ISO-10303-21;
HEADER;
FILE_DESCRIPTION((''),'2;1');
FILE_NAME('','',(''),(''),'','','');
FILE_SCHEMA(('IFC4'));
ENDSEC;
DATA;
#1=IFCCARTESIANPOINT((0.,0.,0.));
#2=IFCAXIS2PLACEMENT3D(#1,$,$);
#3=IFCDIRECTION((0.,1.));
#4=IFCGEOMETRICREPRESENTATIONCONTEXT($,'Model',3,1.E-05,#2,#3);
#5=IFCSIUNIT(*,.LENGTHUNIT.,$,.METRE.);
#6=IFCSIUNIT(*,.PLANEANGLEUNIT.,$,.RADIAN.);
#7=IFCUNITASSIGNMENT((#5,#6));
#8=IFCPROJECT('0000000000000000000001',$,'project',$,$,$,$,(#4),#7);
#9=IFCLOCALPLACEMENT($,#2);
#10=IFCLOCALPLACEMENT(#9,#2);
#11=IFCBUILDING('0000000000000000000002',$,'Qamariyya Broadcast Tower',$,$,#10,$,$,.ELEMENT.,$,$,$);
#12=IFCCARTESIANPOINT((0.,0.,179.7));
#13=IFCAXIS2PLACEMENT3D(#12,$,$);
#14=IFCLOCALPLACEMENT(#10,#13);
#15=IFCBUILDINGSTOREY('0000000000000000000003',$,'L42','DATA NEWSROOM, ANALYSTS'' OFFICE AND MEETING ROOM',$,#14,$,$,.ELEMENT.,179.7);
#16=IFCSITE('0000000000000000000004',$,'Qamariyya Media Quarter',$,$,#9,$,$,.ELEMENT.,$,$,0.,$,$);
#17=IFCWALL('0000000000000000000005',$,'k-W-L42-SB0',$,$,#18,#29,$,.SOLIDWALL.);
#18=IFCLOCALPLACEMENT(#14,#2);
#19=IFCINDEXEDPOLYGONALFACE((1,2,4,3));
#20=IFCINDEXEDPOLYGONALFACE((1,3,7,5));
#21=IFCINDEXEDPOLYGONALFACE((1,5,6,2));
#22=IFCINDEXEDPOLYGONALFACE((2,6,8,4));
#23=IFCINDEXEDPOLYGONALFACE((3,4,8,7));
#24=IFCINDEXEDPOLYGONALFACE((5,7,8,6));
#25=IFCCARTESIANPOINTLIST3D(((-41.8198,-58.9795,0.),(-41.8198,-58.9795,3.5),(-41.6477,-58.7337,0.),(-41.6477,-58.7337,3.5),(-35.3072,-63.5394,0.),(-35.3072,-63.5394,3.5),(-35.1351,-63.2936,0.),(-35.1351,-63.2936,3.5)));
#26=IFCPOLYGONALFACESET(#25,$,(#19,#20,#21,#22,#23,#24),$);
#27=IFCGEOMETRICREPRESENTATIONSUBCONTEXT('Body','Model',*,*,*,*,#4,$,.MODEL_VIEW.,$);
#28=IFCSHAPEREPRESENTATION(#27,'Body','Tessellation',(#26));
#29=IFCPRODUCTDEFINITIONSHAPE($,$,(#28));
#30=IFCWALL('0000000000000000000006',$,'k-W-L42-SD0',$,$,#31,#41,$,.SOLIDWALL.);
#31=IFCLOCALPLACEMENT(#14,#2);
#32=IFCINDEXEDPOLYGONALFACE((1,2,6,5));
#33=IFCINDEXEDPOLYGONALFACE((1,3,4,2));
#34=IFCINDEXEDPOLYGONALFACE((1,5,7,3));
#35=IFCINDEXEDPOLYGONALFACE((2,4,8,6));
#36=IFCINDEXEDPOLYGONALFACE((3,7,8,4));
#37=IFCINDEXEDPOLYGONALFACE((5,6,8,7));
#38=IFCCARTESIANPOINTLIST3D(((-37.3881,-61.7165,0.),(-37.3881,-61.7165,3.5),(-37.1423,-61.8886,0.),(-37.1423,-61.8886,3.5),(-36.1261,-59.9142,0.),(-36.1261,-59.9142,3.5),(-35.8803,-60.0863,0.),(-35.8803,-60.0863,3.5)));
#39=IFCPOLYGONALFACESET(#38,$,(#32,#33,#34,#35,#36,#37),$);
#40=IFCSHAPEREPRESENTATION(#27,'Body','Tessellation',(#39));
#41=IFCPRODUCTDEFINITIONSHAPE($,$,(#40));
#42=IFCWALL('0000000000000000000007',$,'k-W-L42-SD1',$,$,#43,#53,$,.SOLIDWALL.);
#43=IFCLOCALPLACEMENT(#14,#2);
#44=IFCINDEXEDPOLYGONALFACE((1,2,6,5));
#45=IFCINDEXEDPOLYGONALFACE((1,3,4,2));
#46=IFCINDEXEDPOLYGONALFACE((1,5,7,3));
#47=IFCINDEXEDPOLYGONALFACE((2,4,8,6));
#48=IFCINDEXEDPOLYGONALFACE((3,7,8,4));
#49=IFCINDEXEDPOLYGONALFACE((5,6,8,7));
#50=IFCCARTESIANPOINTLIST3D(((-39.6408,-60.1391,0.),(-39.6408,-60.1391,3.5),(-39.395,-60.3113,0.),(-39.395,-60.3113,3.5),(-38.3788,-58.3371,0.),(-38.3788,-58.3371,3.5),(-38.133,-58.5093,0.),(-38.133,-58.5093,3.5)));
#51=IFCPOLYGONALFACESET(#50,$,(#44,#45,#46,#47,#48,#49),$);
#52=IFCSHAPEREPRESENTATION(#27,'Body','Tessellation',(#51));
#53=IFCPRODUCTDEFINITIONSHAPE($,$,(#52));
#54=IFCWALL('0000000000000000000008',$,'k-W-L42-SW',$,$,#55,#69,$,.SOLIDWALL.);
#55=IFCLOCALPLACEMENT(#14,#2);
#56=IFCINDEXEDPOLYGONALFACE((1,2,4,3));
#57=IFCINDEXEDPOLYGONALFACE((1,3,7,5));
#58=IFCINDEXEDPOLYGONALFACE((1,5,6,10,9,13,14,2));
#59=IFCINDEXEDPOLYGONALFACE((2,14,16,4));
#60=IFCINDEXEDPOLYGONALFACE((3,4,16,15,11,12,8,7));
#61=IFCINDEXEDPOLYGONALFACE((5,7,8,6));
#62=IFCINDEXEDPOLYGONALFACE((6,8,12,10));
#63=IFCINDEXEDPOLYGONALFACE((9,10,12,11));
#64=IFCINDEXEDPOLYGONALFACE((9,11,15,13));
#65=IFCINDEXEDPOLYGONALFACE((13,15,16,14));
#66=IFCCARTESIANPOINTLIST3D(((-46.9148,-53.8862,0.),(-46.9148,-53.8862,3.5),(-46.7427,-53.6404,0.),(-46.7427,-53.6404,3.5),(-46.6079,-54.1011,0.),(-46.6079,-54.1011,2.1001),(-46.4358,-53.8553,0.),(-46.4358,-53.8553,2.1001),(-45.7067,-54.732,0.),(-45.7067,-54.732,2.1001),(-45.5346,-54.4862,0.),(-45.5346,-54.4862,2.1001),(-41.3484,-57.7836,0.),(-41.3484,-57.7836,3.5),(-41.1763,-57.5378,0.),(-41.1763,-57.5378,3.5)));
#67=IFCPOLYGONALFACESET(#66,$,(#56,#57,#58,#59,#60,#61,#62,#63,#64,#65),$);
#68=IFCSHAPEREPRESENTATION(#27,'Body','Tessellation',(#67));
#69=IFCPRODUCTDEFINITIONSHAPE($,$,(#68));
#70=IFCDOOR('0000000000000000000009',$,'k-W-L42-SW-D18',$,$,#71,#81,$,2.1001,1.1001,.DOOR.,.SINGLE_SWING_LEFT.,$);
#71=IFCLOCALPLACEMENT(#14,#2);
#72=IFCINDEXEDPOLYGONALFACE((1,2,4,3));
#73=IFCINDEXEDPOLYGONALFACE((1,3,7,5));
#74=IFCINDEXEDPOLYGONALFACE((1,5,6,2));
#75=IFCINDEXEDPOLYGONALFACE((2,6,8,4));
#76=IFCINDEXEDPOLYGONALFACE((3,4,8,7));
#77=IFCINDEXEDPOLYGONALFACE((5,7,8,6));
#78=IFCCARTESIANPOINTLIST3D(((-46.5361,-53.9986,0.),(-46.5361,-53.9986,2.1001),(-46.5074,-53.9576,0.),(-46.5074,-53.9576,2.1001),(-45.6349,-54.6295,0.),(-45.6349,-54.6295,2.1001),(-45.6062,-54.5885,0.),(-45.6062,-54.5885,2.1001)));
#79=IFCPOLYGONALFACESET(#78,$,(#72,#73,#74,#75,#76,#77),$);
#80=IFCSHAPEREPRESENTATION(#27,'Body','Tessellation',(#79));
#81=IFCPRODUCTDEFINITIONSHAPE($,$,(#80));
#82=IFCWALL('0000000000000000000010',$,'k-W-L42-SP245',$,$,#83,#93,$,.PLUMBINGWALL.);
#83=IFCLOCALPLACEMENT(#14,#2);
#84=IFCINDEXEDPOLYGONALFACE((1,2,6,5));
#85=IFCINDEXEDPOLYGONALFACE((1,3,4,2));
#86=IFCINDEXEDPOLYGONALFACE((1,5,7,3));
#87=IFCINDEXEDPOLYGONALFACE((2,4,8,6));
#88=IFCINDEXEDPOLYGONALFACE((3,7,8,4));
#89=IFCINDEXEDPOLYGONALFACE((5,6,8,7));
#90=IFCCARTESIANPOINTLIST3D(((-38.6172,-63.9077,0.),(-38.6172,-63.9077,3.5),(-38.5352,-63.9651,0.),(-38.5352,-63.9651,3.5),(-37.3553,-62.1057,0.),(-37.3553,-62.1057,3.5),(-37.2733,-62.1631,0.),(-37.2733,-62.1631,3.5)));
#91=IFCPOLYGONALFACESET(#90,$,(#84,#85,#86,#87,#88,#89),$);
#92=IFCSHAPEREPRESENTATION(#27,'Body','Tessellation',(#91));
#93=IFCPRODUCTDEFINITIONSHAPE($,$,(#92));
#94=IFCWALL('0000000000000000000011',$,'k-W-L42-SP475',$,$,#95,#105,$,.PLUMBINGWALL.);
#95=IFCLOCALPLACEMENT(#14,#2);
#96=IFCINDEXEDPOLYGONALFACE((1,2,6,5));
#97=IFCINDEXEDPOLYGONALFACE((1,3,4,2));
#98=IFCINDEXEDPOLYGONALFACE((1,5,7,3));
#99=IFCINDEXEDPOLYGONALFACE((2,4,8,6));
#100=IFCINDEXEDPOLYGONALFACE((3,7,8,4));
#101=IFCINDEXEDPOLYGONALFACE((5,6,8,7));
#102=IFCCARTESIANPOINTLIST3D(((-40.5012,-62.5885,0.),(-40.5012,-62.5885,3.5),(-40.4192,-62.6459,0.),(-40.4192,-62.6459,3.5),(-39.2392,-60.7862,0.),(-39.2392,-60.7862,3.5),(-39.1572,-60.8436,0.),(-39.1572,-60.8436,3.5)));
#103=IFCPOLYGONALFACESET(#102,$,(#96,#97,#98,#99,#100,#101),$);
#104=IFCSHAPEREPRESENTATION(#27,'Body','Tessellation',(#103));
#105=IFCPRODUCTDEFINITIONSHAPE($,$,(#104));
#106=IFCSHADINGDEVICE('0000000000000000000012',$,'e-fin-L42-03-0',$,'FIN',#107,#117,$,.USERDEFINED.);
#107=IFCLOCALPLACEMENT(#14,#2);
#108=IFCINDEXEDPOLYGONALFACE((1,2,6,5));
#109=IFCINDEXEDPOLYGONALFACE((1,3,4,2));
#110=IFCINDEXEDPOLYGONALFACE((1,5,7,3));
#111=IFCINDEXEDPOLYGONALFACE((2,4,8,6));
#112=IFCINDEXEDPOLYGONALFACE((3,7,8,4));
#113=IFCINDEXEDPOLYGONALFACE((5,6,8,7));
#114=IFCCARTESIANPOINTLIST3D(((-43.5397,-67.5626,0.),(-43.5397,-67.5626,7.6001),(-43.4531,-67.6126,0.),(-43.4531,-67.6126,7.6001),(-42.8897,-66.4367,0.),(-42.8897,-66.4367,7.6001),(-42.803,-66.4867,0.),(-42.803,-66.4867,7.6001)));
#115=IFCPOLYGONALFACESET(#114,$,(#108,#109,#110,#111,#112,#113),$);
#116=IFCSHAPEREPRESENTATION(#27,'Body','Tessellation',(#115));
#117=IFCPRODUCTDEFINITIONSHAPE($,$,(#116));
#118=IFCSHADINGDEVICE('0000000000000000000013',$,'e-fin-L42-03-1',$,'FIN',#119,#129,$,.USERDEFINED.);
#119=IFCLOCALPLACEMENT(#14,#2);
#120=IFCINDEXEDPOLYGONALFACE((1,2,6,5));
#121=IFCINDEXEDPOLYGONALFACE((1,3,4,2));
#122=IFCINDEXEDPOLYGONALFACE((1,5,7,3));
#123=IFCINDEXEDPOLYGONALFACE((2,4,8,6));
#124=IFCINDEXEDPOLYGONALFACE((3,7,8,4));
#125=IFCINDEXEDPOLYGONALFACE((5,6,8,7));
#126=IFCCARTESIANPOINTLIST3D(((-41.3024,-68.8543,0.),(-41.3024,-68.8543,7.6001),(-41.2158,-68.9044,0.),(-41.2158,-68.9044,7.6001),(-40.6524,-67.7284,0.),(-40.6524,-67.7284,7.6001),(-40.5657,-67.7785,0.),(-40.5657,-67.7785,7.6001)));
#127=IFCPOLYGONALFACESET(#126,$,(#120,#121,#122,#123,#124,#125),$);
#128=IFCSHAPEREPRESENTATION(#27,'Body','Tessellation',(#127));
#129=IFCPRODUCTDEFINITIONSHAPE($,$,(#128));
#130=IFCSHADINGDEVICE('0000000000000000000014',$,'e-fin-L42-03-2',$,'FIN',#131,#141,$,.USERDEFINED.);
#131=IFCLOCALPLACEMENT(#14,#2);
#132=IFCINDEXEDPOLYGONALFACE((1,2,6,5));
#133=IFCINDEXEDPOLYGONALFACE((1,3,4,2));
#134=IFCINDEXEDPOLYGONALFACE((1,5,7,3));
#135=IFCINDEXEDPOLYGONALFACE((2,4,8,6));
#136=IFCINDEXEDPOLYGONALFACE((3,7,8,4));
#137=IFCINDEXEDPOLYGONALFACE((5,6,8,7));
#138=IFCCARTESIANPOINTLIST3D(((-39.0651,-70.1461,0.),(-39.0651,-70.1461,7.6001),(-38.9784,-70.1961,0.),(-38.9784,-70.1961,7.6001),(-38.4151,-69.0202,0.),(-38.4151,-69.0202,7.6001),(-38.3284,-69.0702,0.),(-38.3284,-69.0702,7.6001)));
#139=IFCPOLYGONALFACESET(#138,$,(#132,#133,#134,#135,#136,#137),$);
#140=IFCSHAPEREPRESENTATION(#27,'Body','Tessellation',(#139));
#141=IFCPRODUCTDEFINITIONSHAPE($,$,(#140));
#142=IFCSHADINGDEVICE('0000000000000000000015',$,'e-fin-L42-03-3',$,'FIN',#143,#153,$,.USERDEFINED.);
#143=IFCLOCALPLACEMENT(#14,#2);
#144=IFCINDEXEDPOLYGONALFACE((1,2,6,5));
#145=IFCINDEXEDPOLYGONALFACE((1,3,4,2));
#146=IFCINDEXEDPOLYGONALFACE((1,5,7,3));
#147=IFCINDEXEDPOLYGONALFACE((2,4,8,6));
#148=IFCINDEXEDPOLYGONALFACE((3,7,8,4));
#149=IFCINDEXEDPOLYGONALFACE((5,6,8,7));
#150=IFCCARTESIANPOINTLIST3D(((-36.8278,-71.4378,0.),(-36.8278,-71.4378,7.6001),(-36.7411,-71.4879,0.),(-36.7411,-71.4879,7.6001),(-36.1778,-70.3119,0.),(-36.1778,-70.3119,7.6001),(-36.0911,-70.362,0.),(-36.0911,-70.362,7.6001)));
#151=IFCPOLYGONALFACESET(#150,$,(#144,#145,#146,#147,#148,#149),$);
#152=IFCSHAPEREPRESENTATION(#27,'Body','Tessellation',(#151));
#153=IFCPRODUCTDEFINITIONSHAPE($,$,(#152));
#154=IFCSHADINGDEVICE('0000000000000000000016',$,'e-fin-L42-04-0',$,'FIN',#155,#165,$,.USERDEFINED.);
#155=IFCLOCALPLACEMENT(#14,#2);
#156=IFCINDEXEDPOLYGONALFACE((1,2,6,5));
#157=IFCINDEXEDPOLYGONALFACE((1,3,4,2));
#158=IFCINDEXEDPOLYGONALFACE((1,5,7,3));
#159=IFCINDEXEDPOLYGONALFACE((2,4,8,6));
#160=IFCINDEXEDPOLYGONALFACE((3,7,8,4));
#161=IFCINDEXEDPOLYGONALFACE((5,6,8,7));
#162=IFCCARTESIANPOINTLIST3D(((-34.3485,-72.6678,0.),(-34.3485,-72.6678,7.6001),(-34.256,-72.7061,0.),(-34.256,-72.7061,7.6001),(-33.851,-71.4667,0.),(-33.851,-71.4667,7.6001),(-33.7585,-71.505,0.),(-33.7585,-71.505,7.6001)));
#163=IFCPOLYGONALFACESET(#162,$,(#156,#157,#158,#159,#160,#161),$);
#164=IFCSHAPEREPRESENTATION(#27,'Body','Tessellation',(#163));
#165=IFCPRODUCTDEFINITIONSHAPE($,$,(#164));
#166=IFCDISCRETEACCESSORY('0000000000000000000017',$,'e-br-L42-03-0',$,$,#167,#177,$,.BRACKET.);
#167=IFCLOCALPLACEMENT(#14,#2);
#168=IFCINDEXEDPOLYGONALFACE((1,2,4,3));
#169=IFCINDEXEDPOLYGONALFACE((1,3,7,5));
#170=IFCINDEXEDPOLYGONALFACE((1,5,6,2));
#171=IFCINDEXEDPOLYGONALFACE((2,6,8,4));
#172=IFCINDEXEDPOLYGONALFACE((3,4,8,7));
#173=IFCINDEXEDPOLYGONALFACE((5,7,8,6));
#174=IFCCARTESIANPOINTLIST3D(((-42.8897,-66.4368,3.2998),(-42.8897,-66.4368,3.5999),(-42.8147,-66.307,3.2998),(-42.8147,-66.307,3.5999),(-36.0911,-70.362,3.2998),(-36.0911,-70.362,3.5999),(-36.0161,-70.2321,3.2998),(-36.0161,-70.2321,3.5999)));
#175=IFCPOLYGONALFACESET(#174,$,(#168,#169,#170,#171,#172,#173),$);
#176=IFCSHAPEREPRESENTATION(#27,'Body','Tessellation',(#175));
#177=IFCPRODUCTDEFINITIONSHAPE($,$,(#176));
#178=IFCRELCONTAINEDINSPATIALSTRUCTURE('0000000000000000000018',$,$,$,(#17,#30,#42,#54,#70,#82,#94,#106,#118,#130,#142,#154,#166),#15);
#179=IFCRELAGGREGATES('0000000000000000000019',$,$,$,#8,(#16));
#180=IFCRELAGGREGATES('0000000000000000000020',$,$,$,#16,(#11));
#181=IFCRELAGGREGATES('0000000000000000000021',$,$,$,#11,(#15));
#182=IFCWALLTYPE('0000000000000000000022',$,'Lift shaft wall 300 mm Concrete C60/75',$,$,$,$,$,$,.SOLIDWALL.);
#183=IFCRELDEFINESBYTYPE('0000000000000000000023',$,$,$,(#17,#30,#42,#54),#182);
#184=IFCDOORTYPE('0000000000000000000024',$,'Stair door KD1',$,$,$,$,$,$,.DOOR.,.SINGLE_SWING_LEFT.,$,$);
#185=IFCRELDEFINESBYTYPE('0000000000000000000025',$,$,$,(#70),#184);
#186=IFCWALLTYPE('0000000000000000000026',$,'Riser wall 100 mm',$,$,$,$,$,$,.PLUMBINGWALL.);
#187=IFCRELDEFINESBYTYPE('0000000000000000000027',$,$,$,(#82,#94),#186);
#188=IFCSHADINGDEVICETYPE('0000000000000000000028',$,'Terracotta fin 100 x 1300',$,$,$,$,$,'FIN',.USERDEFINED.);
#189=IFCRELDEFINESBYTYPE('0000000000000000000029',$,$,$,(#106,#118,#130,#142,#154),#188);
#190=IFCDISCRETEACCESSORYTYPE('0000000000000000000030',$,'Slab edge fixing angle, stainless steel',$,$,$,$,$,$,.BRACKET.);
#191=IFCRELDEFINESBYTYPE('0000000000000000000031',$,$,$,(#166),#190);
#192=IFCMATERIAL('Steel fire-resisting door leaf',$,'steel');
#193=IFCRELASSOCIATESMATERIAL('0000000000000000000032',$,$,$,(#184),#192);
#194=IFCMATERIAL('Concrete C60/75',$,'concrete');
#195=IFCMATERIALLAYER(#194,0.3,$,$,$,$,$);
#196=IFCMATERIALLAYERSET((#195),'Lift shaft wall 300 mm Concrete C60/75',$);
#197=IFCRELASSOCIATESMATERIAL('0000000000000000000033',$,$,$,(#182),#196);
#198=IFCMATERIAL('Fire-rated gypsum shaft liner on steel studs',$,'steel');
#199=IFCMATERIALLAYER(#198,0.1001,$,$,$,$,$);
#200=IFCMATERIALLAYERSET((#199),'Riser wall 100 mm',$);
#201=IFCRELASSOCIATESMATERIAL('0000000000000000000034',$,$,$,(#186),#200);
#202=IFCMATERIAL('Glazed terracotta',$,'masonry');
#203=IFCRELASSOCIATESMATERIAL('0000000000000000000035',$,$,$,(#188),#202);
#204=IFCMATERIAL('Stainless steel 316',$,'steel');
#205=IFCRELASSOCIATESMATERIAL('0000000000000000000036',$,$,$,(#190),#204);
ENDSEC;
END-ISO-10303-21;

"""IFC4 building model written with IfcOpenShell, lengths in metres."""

from ifc_helpers import new_model, si_unit, direction, frame, frame_2d, origin, origin_2d, place, context, subcontext, project, spatial, rectangle, extrude, material, layer, layer_set, material_profile, profile_set, type_object, element, fill, save


model = new_model("IFC4")

# Units and contexts
model_context = context("Model", 3, precision=1e-05, world=origin(), true_north=direction((0.0, 1.0)))
body_context = subcontext(model_context, "Body", "Model", "MODEL_VIEW")
ifc_project = project(units=[si_unit("LENGTHUNIT", "METRE"), si_unit("PLANEANGLEUNIT", "RADIAN")], contexts=[model_context])

# Site, building, storey
site_placement = place(None, origin())
site = spatial("IfcSite", under=ifc_project, at=site_placement, Name="Qamariyya Media Quarter", CompositionType="ELEMENT", RefElevation=0.0)
building_placement = place(site_placement, origin())
building = spatial("IfcBuilding", under=site, at=building_placement, Name="Qamariyya Broadcast Tower", CompositionType="ELEMENT")
storey_placement = place(building_placement, frame((0.0, 0.0, 179.7)))
storey = spatial("IfcBuildingStorey", under=building, at=storey_placement, Name="L42", Description="DATA NEWSROOM, ANALYSTS' OFFICE AND MEETING ROOM", CompositionType="ELEMENT", Elevation=179.7)

# Shared definitions
ifc_material_1 = material(Name="Concrete C60/75", Category="concrete")

# Shared definitions
ifc_material_2 = material(Name="Steel fire-resisting door leaf", Category="steel")

# Shared definitions
door_type_1 = type_object("IfcDoorType", Name="Stair door KD1", OperationType="SINGLE_SWING_LEFT", PredefinedType="DOOR", material=ifc_material_2)

# Walls
ifc_layer_1 = layer(ifc_material_1, 0.3)
ifc_layer_set_1 = layer_set([ifc_layer_1], Name="Lift shaft wall 300 mm Concrete C60/75")
wall_type_1 = type_object("IfcWallType", Name="Lift shaft wall 300 mm Concrete C60/75", PredefinedType="SOLIDWALL", material=ifc_layer_set_1)
wall_1_placement = place(storey_placement, frame((-35.2212, -63.4165, 0.0), z_axis=(0.0, 0.0, 1.0), x_axis=(-0.819167, 0.573555, 0.0)))
element("IfcWall", 1, at=wall_1_placement, inside=storey, type_object=wall_type_1, Name="k-W-L42-SB0", PredefinedType="SOLIDWALL", context=body_context, shape_type="SweptSolid", body=[
    extrude(rectangle(XDim=7.9502, YDim=0.3, at=frame_2d((3.9751, 0.0))), origin(), (0.0, 0.0, 1.0), 3.5),
])
wall_2_placement = place(storey_placement, frame((-36.0032, -60.0002, 0.0), z_axis=(0.0, 0.0, 1.0), x_axis=(-0.573581, -0.819149, 0.0)))
element("IfcWall", 2, at=wall_2_placement, inside=storey, type_object=wall_type_1, Name="k-W-L42-SD0", PredefinedType="SOLIDWALL", context=body_context, shape_type="SweptSolid", body=[
    extrude(rectangle(XDim=2.2002, YDim=0.3, at=frame_2d((1.1001, 0.0))), origin(), (0.0, 0.0, 1.0), 3.5),
])
wall_3_placement = place(storey_placement, frame((-38.2559, -58.4231, 0.0), z_axis=(0.0, 0.0, 1.0), x_axis=(-0.573634, -0.819112, 0.0)))
element("IfcWall", 3, at=wall_3_placement, inside=storey, type_object=wall_type_1, Name="k-W-L42-SD1", PredefinedType="SOLIDWALL", context=body_context, shape_type="SweptSolid", body=[
    extrude(rectangle(XDim=2.2, YDim=0.3, at=frame_2d((1.1001, 0.0))), origin(), (0.0, 0.0, 1.0), 3.5),
])

# Wall, opening, door
wall_4_placement = place(storey_placement, frame((-41.2625, -57.6606, 0.0), z_axis=(0.0, 0.0, 1.0), x_axis=(-0.819164, 0.573559, 0.0)))
wall_4 = element("IfcWall", 4, at=wall_4_placement, inside=storey, type_object=wall_type_1, Name="k-W-L42-SW", PredefinedType="SOLIDWALL", context=body_context, shape_type="SweptSolid", body=[
    extrude(rectangle(XDim=6.7952, YDim=0.3, at=frame_2d((3.3975, 0.0))), origin(), (0.0, 0.0, 1.0), 3.5),
])
opening_1_placement = place(wall_4_placement, frame((5.3203, 0.0, 0.0)))
opening_1 = element("IfcOpeningElement", 5, at=opening_1_placement, cuts=wall_4, PredefinedType="OPENING", context=body_context, shape_type="SweptSolid", body=[
    extrude(rectangle(XDim=1.1001, YDim=2.1001, at=frame_2d((0.55, 1.05))), frame((0.0, 0.1599, 0.0), z_axis=(0.0, -1.0, 0.0), x_axis=(1.0, 0.0, 0.0)), (0.0, 0.0, 1.0), 0.3201),
])
door_1_placement = place(opening_1_placement, origin())
door_1 = element("IfcDoor", 6, at=door_1_placement, inside=storey, type_object=door_type_1, Name="k-W-L42-SW-D18", OperationType="SINGLE_SWING_LEFT", OverallHeight=2.1001, OverallWidth=1.1001, PredefinedType="DOOR", context=body_context, shape_type="SweptSolid", body=[
    extrude(rectangle(XDim=1.1001, YDim=2.1001, at=frame_2d((0.55, 1.05))), frame((0.0, 0.0249, 0.0), z_axis=(0.0, -1.0, 0.0), x_axis=(1.0, 0.0, 0.0)), (0.0, 0.0, 1.0), 0.05),
])
fill(opening_1, door_1)

# Walls
ifc_material_3 = material(Name="Fire-rated gypsum shaft liner on steel studs", Category="steel")
ifc_layer_2 = layer(ifc_material_3, 0.1001)
ifc_layer_set_2 = layer_set([ifc_layer_2], Name="Riser wall 100 mm")
wall_type_2 = type_object("IfcWallType", Name="Riser wall 100 mm", PredefinedType="PLUMBINGWALL", material=ifc_layer_set_2)
wall_5_placement = place(storey_placement, frame((-37.3142, -62.1343, 0.0), z_axis=(0.0, 0.0, 1.0), x_axis=(-0.573634, -0.819112, 0.0)))
element("IfcWall", 7, at=wall_5_placement, inside=storey, type_object=wall_type_2, Name="k-W-L42-SP245", PredefinedType="PLUMBINGWALL", context=body_context, shape_type="SweptSolid", body=[
    extrude(rectangle(XDim=2.2, YDim=0.1001, at=frame_2d((1.1001, 0.0))), origin(), (0.0, 0.0, 1.0), 3.5),
])
wall_6_placement = place(storey_placement, frame((-39.1982, -60.8149, 0.0), z_axis=(0.0, 0.0, 1.0), x_axis=(-0.573581, -0.819149, 0.0)))
element("IfcWall", 8, at=wall_6_placement, inside=storey, type_object=wall_type_2, Name="k-W-L42-SP475", PredefinedType="PLUMBINGWALL", context=body_context, shape_type="SweptSolid", body=[
    extrude(rectangle(XDim=2.2002, YDim=0.1001, at=frame_2d((1.1001, 0.0))), origin(), (0.0, 0.0, 1.0), 3.5),
])

# Shading devices
ifc_material_4 = material(Name="Glazed terracotta", Category="masonry")
ifc_material_profile_1 = material_profile(ifc_material_4, rectangle(XDim=1.3, YDim=0.1001, at=origin_2d()))
ifc_profile_set_1 = profile_set([ifc_material_profile_1], Name="Glazed terracotta")
shading_device_type_1 = type_object("IfcShadingDeviceType", Name="Terracotta fin 100 x 1300", ElementType="FIN", PredefinedType="USERDEFINED", material=ifc_profile_set_1)
for number, where, z_axis, x_axis, name in (
    (9, (-43.1714, -67.0247, 0.0), (0.0, 0.0, 1.0), (-0.5, -0.866025, 0.0), "e-fin-L42-03-0"),
    (10, (-40.9341, -68.3164, 0.0), (0.0, 0.0, 1.0), (-0.5, -0.866025, 0.0), "e-fin-L42-03-1"),
    (11, (-38.6968, -69.6082, 0.0), (0.0, 0.0, 1.0), (-0.5, -0.866025, 0.0), "e-fin-L42-03-2"),
    (12, (-36.4595, -70.8999, 0.0), (0.0, 0.0, 1.0), (-0.5, -0.866025, 0.0), "e-fin-L42-03-3"),
    (13, (-34.0535, -72.0864, 0.0), (0.0, 0.0, 1.0), (-0.382683, -0.92388, 0.0), "e-fin-L42-04-0"),
):
    element("IfcShadingDevice", number, at=place(storey_placement, frame(where, z_axis=z_axis, x_axis=x_axis)), inside=storey, type_object=shading_device_type_1, Name=name, ObjectType="FIN", PredefinedType="USERDEFINED", context=body_context, shape_type="SweptSolid", body=[
        extrude(rectangle(XDim=1.3, YDim=0.1001, at=origin_2d()), origin(), (0.0, 0.0, 1.0), 7.6001),
    ])

# Discrete accessory
ifc_material_5 = material(Name="Stainless steel 316", Category="steel")
discrete_accessory_type = type_object("IfcDiscreteAccessoryType", Name="Slab edge fixing angle, stainless steel", PredefinedType="BRACKET", material=ifc_material_5)
discrete_accessory_placement = place(storey_placement, frame((-39.4529, -68.3345, 3.2998), z_axis=(0.0, 0.0, 1.0), x_axis=(0.866025, -0.5, 0.0)))
element("IfcDiscreteAccessory", 14, at=discrete_accessory_placement, inside=storey, type_object=discrete_accessory_type, Name="e-br-L42-03-0", PredefinedType="BRACKET", context=body_context, shape_type="SweptSolid", body=[
    extrude(rectangle(XDim=7.8503, YDim=0.1499, at=origin_2d()), origin(), (0.0, 0.0, 1.0), 0.3),
])

save(model, "model.ifc")
